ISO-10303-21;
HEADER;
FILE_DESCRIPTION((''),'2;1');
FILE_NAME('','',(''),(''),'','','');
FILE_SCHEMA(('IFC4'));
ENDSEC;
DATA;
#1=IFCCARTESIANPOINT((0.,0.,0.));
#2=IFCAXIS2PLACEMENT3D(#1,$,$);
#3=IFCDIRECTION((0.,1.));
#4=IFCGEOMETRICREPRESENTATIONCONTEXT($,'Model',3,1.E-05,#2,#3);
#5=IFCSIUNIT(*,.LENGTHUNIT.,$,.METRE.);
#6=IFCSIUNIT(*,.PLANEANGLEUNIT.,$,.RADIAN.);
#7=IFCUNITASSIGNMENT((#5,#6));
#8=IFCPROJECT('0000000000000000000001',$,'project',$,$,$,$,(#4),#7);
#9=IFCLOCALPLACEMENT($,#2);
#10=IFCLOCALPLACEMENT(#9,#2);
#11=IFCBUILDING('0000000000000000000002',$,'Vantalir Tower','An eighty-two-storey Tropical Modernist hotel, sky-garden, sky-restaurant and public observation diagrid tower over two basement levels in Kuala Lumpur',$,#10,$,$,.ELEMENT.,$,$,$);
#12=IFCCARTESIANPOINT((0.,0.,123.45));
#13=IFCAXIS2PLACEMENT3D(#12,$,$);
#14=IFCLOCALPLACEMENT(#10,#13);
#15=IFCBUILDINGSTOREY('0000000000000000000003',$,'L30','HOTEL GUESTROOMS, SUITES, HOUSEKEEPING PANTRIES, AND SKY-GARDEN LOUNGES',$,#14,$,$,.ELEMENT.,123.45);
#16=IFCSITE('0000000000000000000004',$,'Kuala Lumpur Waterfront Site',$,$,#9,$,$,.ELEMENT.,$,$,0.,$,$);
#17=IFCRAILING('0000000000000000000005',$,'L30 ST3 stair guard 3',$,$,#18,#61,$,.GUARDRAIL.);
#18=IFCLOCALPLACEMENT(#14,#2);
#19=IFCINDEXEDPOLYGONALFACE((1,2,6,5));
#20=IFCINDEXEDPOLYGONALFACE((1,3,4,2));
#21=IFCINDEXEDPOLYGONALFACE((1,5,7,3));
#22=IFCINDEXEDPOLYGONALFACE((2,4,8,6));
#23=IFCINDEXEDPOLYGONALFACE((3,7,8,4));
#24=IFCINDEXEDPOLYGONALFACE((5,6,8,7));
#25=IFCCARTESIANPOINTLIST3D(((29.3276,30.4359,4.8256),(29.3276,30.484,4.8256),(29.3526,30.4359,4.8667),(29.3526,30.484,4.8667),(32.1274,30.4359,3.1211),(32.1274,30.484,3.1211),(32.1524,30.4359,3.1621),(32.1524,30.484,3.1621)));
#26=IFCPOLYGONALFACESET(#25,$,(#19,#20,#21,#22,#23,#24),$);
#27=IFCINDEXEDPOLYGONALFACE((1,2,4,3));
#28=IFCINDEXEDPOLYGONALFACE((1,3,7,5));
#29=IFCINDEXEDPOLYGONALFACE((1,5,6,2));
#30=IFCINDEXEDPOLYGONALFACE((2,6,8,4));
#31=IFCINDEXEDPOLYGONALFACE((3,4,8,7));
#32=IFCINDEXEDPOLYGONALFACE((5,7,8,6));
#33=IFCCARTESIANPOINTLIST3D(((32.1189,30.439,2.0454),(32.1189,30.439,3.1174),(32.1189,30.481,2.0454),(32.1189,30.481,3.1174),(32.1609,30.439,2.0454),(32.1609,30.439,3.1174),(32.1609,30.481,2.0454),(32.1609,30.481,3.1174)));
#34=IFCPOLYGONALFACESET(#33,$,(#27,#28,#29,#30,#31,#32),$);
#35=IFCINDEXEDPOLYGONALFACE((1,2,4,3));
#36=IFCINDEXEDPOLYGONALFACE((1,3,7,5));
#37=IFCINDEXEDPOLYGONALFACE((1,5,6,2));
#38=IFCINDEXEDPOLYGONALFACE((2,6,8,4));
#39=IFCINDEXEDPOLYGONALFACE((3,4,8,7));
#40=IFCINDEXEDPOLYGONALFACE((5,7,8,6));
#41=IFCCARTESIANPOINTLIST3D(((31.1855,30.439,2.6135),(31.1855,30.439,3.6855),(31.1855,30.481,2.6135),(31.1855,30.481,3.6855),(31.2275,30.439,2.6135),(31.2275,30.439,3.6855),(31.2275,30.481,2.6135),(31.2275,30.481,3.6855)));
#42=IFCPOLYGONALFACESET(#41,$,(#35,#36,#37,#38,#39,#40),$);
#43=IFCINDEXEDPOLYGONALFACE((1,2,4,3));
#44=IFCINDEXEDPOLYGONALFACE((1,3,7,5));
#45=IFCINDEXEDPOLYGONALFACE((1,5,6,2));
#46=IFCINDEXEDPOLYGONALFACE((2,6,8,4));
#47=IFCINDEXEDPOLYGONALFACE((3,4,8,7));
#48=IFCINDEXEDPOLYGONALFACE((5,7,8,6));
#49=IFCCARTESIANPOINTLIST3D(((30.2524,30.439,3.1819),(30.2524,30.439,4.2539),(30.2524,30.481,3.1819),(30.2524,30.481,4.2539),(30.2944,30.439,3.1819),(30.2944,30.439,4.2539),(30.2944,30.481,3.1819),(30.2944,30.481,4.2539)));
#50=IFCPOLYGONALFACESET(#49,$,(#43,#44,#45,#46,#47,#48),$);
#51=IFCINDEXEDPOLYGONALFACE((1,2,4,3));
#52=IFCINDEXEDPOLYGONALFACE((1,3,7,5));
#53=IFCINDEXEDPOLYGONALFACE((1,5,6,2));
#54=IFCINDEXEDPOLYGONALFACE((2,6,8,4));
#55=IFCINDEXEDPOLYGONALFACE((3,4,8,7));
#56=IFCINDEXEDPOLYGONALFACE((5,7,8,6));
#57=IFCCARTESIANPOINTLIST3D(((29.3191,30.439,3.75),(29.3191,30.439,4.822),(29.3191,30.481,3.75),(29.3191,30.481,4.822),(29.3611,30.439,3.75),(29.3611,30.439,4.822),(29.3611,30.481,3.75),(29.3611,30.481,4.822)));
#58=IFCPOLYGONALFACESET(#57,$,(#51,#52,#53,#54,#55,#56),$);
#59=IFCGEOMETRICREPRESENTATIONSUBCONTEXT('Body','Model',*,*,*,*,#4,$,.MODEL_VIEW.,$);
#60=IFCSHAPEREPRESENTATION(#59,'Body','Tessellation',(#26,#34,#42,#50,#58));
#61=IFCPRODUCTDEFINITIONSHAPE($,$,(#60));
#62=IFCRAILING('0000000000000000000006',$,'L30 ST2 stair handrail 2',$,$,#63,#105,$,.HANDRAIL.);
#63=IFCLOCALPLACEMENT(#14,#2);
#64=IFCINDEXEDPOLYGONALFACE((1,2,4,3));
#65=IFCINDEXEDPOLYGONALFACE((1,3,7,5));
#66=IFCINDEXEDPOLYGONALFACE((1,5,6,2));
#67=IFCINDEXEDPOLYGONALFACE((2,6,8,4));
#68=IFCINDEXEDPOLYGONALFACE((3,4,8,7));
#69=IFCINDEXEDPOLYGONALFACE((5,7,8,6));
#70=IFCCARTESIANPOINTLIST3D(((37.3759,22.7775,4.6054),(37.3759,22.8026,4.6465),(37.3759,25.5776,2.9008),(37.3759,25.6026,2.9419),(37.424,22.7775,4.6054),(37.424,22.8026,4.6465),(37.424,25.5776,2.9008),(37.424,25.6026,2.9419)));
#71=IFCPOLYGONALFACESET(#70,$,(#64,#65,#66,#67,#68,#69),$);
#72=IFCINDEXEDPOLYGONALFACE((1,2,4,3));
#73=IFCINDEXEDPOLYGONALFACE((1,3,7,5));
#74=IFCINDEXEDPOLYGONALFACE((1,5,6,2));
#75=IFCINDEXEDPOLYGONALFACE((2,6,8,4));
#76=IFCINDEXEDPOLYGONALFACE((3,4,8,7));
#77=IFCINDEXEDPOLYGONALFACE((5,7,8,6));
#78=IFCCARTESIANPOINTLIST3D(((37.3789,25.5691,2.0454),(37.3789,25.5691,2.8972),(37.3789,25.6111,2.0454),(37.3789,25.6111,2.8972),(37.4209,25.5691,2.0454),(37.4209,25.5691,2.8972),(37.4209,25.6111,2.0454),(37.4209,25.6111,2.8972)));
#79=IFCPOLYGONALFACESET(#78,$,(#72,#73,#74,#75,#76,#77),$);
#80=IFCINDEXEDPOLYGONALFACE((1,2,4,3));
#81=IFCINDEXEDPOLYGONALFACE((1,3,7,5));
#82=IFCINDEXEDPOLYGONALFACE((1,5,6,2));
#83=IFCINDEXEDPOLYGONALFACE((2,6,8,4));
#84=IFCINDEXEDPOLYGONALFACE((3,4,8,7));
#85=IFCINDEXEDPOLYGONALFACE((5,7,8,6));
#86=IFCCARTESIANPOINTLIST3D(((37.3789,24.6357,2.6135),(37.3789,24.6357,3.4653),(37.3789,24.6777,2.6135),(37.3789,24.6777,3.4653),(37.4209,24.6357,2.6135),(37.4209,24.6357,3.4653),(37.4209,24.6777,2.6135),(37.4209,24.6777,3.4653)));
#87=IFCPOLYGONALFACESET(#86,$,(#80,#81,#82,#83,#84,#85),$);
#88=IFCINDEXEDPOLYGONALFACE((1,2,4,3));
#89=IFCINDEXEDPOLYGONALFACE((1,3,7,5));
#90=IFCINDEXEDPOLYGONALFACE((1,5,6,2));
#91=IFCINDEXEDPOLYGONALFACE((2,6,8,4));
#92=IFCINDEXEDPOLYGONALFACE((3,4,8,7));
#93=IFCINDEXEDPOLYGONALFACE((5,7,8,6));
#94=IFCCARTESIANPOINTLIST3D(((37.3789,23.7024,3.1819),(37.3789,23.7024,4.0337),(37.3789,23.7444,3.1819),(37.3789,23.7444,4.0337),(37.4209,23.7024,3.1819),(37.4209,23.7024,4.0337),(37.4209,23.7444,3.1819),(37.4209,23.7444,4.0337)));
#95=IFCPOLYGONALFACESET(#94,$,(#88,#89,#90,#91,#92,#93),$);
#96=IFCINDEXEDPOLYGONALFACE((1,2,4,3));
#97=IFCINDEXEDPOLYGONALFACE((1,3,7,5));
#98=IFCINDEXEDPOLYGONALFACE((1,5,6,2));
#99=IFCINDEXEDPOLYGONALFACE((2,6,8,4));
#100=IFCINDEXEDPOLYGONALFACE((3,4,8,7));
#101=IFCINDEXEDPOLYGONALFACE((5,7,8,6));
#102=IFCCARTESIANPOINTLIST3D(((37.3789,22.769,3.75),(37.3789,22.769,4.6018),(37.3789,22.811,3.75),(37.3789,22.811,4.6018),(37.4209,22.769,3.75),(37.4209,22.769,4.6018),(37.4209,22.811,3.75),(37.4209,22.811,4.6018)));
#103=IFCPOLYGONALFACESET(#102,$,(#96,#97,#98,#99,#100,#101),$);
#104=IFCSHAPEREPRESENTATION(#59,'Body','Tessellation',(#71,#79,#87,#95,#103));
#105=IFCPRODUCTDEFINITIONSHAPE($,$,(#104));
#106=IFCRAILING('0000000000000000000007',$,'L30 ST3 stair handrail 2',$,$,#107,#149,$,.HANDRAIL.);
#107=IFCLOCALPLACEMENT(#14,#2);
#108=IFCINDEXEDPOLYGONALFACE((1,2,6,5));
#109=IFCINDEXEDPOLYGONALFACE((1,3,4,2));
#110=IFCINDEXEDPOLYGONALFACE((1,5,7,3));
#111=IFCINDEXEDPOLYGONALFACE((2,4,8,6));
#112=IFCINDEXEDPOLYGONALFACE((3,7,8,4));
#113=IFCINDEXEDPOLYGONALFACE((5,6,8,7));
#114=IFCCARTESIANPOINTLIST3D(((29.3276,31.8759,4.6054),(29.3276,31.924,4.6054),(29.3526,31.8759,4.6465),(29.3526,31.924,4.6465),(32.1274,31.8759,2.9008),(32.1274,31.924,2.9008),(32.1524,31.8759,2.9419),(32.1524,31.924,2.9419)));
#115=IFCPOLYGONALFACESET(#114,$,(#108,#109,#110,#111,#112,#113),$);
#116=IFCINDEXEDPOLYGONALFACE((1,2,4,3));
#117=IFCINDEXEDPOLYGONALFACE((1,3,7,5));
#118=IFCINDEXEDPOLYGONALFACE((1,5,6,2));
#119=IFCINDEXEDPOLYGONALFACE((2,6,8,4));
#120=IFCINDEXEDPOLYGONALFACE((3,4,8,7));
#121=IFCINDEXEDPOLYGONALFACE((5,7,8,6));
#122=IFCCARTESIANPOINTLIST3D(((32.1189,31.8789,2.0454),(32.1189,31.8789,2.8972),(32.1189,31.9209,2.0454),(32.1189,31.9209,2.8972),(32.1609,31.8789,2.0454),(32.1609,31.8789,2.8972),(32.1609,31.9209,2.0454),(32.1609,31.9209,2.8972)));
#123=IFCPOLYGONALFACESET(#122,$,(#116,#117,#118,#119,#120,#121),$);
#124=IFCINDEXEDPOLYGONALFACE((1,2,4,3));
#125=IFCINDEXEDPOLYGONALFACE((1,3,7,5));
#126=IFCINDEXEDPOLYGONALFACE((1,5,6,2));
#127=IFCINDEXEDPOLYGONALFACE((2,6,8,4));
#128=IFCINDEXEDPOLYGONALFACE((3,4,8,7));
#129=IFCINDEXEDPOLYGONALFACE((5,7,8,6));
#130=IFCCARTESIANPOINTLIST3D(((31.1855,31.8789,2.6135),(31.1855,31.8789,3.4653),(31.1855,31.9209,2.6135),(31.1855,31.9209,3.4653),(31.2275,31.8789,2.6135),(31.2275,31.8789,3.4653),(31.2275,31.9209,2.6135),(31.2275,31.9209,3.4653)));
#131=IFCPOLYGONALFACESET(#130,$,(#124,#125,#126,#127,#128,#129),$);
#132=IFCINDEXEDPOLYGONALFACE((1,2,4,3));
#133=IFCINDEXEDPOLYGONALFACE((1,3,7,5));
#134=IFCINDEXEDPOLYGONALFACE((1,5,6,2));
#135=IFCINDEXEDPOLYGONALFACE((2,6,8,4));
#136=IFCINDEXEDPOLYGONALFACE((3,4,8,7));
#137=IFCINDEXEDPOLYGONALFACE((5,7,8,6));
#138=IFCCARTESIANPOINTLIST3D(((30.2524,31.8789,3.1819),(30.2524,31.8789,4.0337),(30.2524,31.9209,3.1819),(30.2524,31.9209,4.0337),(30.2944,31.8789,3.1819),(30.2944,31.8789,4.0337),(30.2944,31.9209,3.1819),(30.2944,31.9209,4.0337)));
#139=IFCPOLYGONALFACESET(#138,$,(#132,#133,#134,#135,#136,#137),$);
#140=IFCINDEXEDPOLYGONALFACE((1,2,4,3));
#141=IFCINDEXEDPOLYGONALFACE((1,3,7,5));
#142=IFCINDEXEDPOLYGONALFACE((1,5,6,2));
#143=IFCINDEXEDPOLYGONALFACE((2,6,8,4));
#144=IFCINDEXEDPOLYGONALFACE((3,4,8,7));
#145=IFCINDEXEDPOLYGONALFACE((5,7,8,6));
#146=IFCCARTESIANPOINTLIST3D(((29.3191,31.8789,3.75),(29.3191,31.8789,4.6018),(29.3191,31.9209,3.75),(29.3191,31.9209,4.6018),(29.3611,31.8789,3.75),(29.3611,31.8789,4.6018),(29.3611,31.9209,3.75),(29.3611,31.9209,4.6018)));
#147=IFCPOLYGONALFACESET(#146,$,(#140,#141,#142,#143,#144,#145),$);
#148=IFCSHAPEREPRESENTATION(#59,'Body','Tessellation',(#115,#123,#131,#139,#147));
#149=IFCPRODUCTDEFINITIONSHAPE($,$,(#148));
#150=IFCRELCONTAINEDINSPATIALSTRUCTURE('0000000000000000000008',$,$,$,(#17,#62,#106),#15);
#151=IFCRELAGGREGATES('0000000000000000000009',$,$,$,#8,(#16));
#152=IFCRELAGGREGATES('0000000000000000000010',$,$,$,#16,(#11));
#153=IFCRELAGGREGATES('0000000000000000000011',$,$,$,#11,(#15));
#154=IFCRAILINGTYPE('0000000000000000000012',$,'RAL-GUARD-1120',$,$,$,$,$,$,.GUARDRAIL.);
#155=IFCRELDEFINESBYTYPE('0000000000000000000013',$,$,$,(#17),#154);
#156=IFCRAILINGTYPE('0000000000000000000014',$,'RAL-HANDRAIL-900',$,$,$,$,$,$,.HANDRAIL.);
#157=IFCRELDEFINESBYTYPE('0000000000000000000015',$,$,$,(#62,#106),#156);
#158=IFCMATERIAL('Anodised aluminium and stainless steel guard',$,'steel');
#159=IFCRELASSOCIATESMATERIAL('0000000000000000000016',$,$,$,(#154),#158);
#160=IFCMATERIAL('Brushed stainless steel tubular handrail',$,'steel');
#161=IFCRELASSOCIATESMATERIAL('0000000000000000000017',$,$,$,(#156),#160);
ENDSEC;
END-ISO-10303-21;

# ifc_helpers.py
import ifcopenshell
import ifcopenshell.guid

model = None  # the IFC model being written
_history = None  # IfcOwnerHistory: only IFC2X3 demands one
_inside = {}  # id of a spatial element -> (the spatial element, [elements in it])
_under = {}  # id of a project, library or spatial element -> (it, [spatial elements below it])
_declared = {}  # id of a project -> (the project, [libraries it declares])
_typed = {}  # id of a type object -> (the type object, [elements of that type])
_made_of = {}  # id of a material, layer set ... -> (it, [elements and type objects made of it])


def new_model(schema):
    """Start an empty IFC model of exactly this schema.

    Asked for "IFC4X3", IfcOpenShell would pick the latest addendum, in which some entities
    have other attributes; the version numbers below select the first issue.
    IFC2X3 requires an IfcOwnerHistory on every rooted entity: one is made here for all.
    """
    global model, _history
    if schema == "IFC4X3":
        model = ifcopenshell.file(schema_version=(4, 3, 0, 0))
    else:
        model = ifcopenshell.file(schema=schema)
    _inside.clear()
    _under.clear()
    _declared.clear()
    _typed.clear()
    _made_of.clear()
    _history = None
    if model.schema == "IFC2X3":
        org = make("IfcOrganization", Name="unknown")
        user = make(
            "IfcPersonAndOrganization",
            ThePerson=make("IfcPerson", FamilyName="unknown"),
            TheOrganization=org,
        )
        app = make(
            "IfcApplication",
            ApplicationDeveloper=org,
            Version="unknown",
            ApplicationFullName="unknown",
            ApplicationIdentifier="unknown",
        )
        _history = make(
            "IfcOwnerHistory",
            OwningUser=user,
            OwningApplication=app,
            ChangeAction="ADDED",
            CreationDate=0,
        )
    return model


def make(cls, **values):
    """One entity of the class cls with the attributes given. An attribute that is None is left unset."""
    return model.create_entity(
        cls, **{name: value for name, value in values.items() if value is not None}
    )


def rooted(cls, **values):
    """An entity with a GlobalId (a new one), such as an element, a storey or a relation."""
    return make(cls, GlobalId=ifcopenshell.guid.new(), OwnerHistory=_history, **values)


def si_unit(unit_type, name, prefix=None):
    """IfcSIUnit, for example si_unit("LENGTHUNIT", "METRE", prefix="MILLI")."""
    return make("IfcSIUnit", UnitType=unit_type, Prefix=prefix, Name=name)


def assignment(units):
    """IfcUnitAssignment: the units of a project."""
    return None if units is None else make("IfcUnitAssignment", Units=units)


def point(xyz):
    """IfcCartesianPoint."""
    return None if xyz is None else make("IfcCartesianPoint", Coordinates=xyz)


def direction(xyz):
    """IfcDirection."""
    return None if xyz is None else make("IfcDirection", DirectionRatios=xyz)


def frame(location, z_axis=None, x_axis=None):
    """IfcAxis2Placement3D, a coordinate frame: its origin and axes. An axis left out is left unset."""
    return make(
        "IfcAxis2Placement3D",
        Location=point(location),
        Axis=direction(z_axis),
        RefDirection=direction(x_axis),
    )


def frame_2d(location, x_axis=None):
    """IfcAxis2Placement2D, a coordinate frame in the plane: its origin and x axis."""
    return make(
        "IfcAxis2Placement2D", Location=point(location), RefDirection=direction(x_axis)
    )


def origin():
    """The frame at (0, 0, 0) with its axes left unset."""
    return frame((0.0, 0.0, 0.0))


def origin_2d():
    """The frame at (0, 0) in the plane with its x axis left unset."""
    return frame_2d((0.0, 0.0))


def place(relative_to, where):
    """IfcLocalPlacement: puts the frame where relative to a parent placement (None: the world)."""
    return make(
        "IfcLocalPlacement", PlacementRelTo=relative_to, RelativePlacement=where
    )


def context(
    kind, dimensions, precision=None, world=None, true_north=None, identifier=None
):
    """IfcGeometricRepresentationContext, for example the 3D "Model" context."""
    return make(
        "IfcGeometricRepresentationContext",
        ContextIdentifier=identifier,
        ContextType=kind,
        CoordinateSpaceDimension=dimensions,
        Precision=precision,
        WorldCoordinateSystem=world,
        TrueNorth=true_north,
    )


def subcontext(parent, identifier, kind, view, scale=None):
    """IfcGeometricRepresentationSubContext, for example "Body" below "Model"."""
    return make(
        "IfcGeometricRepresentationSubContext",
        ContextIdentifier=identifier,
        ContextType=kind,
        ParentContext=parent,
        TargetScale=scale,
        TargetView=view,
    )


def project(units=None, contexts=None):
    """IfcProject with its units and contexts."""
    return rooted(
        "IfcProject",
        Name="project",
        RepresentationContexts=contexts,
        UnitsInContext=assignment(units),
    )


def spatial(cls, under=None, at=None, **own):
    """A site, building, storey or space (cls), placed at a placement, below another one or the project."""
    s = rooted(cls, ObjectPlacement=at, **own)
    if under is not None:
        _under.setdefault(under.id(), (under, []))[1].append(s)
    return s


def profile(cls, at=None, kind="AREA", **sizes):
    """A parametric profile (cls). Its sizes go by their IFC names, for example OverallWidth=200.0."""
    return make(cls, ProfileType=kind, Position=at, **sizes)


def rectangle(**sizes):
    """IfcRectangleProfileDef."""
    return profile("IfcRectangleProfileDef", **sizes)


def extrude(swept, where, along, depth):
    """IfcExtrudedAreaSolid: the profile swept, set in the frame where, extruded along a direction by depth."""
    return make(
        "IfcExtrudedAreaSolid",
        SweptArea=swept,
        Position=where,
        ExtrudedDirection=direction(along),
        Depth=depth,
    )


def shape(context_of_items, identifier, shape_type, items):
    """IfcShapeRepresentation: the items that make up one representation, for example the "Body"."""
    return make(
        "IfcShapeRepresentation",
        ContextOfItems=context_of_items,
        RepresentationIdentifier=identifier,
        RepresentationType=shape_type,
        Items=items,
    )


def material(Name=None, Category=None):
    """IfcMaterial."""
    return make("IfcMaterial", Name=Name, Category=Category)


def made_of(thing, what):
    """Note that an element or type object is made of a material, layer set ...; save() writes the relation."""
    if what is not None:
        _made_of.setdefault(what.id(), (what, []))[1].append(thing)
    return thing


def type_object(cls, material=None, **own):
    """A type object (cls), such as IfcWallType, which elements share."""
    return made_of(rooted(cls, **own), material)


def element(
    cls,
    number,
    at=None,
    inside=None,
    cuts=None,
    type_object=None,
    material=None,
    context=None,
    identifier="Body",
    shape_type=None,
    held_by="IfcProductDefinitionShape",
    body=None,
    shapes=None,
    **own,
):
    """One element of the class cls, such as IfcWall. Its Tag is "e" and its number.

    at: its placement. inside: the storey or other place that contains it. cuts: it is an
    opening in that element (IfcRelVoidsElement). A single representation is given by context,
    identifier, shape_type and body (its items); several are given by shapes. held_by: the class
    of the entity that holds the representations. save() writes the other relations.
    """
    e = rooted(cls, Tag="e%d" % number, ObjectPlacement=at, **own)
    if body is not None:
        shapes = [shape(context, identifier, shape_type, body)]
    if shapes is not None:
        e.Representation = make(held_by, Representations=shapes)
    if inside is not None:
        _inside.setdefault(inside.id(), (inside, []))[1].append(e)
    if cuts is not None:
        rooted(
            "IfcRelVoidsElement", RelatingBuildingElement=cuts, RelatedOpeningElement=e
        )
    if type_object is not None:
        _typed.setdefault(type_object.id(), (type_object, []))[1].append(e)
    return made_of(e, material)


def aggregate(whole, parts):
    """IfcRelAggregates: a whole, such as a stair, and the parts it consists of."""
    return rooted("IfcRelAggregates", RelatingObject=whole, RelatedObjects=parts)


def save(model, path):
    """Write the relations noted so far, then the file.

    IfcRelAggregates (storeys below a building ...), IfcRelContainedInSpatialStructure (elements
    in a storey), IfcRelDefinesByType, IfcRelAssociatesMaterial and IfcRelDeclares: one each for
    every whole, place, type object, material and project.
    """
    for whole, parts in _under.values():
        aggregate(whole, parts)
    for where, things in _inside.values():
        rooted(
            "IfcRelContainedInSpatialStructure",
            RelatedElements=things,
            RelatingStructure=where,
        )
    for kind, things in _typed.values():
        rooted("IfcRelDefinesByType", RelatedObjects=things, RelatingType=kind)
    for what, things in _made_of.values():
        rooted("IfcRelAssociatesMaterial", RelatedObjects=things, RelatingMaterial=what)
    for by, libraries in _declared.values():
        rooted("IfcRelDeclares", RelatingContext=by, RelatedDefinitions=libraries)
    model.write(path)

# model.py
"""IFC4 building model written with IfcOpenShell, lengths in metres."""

from ifc_helpers import new_model, si_unit, direction, frame, origin, origin_2d, place, context, subcontext, project, spatial, rectangle, extrude, material, type_object, element, save


model = new_model("IFC4")

# Units and contexts
model_context = context("Model", 3, precision=1e-05, world=origin(), true_north=direction((0.0, 1.0)))
body_context = subcontext(model_context, "Body", "Model", "MODEL_VIEW")
ifc_project = project(units=[si_unit("LENGTHUNIT", "METRE"), si_unit("PLANEANGLEUNIT", "RADIAN")], contexts=[model_context])

# Site, building, storey
site_placement = place(None, origin())
site = spatial("IfcSite", under=ifc_project, at=site_placement, Name="Kuala Lumpur Waterfront Site", CompositionType="ELEMENT", RefElevation=0.0)
building_placement = place(site_placement, origin())
building = spatial("IfcBuilding", under=site, at=building_placement, Name="Vantalir Tower", Description="An eighty-two-storey Tropical Modernist hotel, sky-garden, sky-restaurant and public observation diagrid tower over two basement levels in Kuala Lumpur", CompositionType="ELEMENT")
storey_placement = place(building_placement, frame((0.0, 0.0, 123.45)))
storey = spatial("IfcBuildingStorey", under=building, at=storey_placement, Name="L30", Description="HOTEL GUESTROOMS, SUITES, HOUSEKEEPING PANTRIES, AND SKY-GARDEN LOUNGES", CompositionType="ELEMENT", Elevation=123.45)

# Railings
ifc_material_1 = material(Name="Anodised aluminium and stainless steel guard", Category="steel")
railing_type_1 = type_object("IfcRailingType", Name="RAL-GUARD-1120", PredefinedType="GUARDRAIL", material=ifc_material_1)
railing_1_placement = place(storey_placement, frame((32.1399, 30.46, 2.0454)))
element("IfcRailing", 1, at=railing_1_placement, inside=storey, type_object=railing_type_1, Name="L30 ST3 stair guard 3", PredefinedType="GUARDRAIL", context=body_context, shape_type="SweptSolid", body=[
    extrude(rectangle(XDim=0.0481, YDim=0.0481, at=origin_2d()), frame((0.0, 0.0, 1.0962), z_axis=(-0.85415, 0.0, 0.520027), x_axis=(0.0, -1.0, 0.0)), (0.0, 0.0, 1.0), 3.2778),
    extrude(rectangle(XDim=0.042, YDim=0.042, at=origin_2d()), origin(), (0.0, 0.0, 1.0), 1.072),
    extrude(rectangle(XDim=0.042, YDim=0.042, at=origin_2d()), frame((-0.9333, 0.0, 0.5681)), (0.0, 0.0, 1.0), 1.072),
    extrude(rectangle(XDim=0.042, YDim=0.042, at=origin_2d()), frame((-1.8665, 0.0, 1.1365)), (0.0, 0.0, 1.0), 1.072),
    extrude(rectangle(XDim=0.042, YDim=0.042, at=origin_2d()), frame((-2.7998, 0.0, 1.7046)), (0.0, 0.0, 1.0), 1.072),
])
ifc_material_2 = material(Name="Brushed stainless steel tubular handrail", Category="steel")
railing_type_2 = type_object("IfcRailingType", Name="RAL-HANDRAIL-900", PredefinedType="HANDRAIL", material=ifc_material_2)
railing_2_placement = place(storey_placement, frame((37.3999, 25.5901, 2.0454)))
element("IfcRailing", 2, at=railing_2_placement, inside=storey, type_object=railing_type_2, Name="L30 ST2 stair handrail 2", PredefinedType="HANDRAIL", context=body_context, shape_type="SweptSolid", body=[
    extrude(rectangle(XDim=0.0481, YDim=0.0481, at=origin_2d()), frame((0.0, 0.0, 0.876), z_axis=(0.0, -0.85417, 0.519994), x_axis=(1.0, 0.0, 0.0)), (0.0, 0.0, 1.0), 3.2781),
    extrude(rectangle(XDim=0.042, YDim=0.042, at=origin_2d()), origin(), (0.0, 0.0, 1.0), 0.8518),
    extrude(rectangle(XDim=0.042, YDim=0.042, at=origin_2d()), frame((0.0, -0.9333, 0.5681)), (0.0, 0.0, 1.0), 0.8518),
    extrude(rectangle(XDim=0.042, YDim=0.042, at=origin_2d()), frame((0.0, -1.8667, 1.1365)), (0.0, 0.0, 1.0), 0.8518),
    extrude(rectangle(XDim=0.042, YDim=0.042, at=origin_2d()), frame((0.0, -2.8, 1.7046)), (0.0, 0.0, 1.0), 0.8518),
])
railing_3_placement = place(storey_placement, frame((32.1399, 31.8999, 2.0454)))
element("IfcRailing", 3, at=railing_3_placement, inside=storey, type_object=railing_type_2, Name="L30 ST3 stair handrail 2", PredefinedType="HANDRAIL", context=body_context, shape_type="SweptSolid", body=[
    extrude(rectangle(XDim=0.0481, YDim=0.0481, at=origin_2d()), frame((0.0, 0.0, 0.876), z_axis=(-0.85415, 0.0, 0.520027), x_axis=(0.0, -1.0, 0.0)), (0.0, 0.0, 1.0), 3.2778),
    extrude(rectangle(XDim=0.042, YDim=0.042, at=origin_2d()), origin(), (0.0, 0.0, 1.0), 0.8518),
    extrude(rectangle(XDim=0.042, YDim=0.042, at=origin_2d()), frame((-0.9333, 0.0, 0.5681)), (0.0, 0.0, 1.0), 0.8518),
    extrude(rectangle(XDim=0.042, YDim=0.042, at=origin_2d()), frame((-1.8665, 0.0, 1.1365)), (0.0, 0.0, 1.0), 0.8518),
    extrude(rectangle(XDim=0.042, YDim=0.042, at=origin_2d()), frame((-2.7998, 0.0, 1.7046)), (0.0, 0.0, 1.0), 0.8518),
])

save(model, "model.ifc")
